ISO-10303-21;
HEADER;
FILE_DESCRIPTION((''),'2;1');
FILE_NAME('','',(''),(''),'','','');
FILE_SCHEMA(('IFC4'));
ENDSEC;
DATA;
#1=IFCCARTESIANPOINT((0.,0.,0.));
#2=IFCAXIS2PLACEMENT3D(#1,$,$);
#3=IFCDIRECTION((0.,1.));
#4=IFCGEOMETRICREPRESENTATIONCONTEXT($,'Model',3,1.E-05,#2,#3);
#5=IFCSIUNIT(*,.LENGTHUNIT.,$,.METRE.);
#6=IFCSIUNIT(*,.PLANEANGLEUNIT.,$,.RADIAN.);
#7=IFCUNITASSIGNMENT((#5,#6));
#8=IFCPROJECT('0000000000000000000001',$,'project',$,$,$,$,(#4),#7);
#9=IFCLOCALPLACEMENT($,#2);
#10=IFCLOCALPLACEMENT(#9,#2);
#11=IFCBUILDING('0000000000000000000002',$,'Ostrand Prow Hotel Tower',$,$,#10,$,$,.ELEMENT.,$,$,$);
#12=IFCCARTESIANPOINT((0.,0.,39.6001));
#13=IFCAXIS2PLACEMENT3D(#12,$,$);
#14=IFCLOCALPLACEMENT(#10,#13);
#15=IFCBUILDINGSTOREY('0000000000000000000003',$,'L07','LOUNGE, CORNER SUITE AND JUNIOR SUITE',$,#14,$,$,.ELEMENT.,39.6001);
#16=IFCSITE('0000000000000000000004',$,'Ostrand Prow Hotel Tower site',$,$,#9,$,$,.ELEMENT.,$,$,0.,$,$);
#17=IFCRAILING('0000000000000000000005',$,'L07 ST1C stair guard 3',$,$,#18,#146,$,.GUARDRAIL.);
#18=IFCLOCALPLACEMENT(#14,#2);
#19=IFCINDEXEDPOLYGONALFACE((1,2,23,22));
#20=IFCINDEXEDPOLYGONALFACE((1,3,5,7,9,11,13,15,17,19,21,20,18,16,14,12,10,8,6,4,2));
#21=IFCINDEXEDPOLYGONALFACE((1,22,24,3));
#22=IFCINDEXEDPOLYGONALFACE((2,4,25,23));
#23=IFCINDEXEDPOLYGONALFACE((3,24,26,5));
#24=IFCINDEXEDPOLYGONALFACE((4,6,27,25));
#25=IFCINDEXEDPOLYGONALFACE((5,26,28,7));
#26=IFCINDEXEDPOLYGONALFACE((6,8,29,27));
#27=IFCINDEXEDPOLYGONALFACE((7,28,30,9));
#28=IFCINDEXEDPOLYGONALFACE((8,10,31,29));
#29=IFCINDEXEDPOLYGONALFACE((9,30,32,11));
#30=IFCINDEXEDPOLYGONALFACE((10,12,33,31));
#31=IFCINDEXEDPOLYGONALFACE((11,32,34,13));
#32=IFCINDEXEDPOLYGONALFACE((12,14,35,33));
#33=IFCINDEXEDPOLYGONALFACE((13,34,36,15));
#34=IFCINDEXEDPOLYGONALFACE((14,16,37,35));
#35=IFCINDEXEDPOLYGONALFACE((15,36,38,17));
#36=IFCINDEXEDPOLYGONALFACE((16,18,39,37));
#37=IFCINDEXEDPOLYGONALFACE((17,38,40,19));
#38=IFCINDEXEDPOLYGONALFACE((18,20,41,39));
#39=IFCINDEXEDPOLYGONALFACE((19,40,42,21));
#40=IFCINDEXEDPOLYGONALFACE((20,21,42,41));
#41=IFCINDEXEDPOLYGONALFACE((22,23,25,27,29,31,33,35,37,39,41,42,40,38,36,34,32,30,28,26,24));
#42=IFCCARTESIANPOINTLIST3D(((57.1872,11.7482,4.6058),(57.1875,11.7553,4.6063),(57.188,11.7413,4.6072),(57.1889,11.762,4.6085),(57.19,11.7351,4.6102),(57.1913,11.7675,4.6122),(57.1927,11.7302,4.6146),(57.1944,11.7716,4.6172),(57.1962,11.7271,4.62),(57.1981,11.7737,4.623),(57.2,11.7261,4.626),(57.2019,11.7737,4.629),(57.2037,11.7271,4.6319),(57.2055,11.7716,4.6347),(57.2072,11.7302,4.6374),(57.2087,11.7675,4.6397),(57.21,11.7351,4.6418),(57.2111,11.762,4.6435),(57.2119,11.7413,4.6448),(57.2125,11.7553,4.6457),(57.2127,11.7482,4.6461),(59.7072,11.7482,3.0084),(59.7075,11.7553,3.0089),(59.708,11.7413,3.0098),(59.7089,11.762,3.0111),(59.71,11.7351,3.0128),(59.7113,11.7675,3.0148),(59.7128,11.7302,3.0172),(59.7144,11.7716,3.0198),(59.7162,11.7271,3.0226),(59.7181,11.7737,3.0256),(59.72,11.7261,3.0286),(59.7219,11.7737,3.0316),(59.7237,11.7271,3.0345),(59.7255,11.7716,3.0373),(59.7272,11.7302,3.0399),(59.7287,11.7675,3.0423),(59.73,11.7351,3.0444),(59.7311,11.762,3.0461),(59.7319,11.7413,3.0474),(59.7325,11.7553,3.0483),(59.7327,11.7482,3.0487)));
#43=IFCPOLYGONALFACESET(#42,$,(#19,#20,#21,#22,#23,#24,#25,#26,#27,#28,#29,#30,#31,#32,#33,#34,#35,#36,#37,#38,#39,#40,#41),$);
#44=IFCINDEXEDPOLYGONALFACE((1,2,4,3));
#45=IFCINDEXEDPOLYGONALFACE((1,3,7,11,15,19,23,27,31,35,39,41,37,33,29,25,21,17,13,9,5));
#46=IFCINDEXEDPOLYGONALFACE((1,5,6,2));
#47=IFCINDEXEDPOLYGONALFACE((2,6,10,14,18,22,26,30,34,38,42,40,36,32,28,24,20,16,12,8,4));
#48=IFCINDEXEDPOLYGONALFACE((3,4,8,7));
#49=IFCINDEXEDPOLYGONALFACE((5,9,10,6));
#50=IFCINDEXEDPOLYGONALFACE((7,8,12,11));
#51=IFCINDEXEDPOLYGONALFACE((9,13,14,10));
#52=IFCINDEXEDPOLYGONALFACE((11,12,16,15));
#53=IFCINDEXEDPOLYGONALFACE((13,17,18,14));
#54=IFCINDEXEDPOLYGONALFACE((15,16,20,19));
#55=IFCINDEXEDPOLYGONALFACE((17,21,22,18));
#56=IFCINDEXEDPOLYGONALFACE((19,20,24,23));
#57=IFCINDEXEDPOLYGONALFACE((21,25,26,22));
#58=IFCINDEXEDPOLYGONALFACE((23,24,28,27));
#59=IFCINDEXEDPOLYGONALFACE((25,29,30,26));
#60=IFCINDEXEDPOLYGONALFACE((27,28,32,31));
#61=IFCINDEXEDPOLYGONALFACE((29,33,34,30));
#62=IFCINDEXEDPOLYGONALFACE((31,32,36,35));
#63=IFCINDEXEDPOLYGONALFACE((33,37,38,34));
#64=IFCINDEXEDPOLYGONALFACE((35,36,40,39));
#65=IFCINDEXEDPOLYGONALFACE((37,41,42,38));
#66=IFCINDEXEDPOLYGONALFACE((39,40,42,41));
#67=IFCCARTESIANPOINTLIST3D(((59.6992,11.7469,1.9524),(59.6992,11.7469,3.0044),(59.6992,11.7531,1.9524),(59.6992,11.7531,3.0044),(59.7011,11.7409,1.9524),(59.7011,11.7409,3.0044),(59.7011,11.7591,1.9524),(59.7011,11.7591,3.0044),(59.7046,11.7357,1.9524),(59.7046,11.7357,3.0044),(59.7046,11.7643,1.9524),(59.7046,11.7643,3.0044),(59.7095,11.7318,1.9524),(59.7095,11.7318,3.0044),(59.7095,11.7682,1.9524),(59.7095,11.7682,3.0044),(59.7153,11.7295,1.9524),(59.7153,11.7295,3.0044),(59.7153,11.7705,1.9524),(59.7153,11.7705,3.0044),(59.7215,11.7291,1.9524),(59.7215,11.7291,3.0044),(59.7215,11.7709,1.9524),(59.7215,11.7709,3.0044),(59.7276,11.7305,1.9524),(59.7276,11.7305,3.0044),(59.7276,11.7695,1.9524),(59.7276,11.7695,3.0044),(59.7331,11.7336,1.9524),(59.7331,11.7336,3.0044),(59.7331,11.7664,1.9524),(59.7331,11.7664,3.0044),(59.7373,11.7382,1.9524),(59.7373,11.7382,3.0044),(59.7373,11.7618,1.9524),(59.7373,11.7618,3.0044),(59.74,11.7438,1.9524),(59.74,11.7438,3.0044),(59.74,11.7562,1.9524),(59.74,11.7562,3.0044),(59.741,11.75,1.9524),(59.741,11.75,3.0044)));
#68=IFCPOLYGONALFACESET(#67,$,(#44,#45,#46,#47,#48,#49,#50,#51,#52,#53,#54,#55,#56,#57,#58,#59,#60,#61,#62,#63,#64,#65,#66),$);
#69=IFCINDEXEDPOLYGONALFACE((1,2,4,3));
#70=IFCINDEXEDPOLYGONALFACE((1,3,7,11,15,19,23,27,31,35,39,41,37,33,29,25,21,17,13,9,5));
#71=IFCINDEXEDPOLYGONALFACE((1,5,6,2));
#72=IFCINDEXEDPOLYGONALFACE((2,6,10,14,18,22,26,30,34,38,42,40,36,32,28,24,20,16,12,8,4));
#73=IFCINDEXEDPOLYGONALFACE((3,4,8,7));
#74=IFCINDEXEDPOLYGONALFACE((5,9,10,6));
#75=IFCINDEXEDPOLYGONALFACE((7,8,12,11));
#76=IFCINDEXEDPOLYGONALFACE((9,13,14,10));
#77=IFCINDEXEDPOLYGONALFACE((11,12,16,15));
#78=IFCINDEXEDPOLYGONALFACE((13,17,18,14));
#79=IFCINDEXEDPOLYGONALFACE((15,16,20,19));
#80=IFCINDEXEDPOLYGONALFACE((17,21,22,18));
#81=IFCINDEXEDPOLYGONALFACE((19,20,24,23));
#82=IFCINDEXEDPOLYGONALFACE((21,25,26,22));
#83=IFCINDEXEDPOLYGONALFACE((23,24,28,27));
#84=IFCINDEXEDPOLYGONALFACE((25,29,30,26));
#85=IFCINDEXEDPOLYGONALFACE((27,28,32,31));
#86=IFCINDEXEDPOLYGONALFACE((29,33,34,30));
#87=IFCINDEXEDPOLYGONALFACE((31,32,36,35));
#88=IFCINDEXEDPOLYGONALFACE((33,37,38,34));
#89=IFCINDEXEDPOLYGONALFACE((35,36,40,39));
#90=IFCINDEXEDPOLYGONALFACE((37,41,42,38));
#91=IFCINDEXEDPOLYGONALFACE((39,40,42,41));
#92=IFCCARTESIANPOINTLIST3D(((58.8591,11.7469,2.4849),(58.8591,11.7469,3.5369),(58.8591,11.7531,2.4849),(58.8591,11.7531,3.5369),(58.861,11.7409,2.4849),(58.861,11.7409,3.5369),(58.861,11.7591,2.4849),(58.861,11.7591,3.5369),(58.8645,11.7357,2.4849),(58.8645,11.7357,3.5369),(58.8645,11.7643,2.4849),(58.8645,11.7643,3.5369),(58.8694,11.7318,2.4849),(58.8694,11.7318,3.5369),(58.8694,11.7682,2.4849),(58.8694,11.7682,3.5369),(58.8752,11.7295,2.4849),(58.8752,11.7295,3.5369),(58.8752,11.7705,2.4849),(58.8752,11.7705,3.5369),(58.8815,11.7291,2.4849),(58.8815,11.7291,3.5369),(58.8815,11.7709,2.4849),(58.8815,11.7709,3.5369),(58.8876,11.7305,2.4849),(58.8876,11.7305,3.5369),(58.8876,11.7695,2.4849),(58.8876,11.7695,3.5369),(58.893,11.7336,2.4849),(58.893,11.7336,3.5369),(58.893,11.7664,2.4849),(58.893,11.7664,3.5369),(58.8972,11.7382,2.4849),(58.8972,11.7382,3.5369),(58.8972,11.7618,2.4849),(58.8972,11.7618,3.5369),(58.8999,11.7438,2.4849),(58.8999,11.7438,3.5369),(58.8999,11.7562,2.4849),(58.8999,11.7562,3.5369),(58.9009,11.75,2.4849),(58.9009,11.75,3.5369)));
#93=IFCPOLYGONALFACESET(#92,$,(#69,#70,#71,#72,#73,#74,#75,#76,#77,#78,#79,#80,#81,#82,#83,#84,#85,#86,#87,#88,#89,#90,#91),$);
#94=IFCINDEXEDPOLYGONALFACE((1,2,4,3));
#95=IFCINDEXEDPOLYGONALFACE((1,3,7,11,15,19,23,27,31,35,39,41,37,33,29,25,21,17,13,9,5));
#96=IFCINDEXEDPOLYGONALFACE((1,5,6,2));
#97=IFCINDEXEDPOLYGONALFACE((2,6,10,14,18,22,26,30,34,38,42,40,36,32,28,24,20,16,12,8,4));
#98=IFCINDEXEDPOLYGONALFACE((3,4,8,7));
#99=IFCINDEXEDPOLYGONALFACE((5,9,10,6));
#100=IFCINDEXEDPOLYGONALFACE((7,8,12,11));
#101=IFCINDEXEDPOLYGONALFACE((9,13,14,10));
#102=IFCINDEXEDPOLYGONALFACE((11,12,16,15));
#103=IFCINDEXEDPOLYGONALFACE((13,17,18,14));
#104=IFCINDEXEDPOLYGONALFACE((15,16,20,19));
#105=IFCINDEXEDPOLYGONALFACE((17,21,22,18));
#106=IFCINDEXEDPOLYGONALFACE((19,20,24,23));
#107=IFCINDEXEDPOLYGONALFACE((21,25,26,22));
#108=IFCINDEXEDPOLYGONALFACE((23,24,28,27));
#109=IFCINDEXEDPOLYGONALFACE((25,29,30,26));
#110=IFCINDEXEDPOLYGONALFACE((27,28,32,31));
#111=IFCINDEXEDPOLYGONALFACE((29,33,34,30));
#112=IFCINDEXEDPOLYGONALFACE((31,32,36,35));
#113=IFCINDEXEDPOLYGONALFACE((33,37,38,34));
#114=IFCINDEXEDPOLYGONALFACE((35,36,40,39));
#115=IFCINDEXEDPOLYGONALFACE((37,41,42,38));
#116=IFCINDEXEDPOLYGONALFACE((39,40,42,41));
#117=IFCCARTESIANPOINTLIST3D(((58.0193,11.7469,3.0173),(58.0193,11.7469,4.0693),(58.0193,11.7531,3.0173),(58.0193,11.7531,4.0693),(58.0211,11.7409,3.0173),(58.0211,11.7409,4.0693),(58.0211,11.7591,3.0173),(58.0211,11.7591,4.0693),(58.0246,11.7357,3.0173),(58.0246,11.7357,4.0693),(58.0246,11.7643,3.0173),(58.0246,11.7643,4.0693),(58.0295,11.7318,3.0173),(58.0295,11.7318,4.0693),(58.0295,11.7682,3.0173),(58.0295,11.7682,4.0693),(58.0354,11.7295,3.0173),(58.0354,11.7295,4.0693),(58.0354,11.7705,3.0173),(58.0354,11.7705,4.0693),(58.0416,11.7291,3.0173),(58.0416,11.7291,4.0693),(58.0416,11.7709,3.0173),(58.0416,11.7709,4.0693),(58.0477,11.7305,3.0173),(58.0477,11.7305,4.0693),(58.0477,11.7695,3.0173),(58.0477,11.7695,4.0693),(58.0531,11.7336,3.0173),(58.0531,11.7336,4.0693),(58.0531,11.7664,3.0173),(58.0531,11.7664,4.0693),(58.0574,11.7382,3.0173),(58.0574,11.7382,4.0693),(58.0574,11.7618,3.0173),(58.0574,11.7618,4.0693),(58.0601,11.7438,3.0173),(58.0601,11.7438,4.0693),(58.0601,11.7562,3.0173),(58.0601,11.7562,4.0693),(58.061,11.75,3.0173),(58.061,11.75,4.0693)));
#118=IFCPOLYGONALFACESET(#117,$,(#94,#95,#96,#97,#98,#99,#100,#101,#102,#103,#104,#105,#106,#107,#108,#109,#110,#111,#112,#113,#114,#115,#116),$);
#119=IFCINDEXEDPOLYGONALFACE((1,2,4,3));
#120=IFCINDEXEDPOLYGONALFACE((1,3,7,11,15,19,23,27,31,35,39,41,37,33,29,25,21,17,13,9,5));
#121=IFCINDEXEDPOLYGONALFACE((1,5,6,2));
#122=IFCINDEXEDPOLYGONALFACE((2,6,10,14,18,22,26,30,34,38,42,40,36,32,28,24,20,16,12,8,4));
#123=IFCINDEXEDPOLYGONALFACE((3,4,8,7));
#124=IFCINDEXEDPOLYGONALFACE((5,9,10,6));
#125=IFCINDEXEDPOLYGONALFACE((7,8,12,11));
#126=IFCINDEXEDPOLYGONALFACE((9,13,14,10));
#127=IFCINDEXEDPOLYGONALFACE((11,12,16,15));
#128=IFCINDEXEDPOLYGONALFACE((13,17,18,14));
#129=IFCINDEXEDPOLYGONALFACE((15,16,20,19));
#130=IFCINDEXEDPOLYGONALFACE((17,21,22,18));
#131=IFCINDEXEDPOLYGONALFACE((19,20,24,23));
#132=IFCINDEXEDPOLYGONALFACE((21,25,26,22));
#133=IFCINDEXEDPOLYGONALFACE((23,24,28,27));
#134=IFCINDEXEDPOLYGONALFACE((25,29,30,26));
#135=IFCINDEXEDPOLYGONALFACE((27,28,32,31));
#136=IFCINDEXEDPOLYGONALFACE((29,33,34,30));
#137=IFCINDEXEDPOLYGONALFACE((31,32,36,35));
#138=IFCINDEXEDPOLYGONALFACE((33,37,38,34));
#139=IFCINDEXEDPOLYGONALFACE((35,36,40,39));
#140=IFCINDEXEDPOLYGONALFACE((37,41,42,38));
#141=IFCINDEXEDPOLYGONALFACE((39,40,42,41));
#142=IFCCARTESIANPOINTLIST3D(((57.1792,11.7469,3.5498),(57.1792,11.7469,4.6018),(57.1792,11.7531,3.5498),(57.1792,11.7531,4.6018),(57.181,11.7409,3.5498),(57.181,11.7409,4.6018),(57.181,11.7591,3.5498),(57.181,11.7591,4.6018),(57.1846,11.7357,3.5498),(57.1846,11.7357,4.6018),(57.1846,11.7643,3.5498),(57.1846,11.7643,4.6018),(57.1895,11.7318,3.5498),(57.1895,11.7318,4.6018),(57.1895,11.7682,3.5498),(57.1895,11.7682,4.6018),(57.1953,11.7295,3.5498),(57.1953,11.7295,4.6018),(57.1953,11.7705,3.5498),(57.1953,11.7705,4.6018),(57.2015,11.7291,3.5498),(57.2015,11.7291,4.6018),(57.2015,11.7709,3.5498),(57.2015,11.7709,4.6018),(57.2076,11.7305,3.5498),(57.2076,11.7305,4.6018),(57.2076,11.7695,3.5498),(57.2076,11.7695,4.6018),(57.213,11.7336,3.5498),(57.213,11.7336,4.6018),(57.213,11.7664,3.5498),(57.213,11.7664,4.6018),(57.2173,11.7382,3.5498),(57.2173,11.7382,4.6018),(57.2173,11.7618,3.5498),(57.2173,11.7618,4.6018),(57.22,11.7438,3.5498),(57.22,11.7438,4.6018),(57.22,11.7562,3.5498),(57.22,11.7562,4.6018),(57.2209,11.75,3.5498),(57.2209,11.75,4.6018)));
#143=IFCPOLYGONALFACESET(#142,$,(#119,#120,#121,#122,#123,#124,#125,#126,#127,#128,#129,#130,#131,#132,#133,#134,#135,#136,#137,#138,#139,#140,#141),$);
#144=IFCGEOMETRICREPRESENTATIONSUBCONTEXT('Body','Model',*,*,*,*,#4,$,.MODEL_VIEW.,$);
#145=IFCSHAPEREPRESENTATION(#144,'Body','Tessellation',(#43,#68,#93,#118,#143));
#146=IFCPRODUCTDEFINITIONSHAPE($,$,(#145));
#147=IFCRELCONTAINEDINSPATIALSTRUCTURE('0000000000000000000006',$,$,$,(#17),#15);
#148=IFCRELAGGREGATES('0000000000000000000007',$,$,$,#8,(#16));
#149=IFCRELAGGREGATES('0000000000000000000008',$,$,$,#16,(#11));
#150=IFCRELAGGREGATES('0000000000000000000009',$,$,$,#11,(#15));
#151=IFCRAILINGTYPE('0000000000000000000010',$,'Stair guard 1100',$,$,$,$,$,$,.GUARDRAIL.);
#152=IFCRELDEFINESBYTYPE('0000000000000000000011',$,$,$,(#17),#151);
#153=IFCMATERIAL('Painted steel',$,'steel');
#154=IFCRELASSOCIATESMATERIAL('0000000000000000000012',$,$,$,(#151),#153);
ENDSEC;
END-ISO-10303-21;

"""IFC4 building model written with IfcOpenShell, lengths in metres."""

from ifc_helpers import new_model, si_unit, direction, frame, origin, origin_2d, place, context, subcontext, project, spatial, circle, extrude, material, type_object, element, save


model = new_model("IFC4")

# Units and contexts
model_context = context("Model", 3, precision=1e-05, world=origin(), true_north=direction((0.0, 1.0)))
body_context = subcontext(model_context, "Body", "Model", "MODEL_VIEW")
ifc_project = project(units=[si_unit("LENGTHUNIT", "METRE"), si_unit("PLANEANGLEUNIT", "RADIAN")], contexts=[model_context])

# Site, building, storey
site_placement = place(None, origin())
site = spatial("IfcSite", under=ifc_project, at=site_placement, Name="Ostrand Prow Hotel Tower site", CompositionType="ELEMENT", RefElevation=0.0)
building_placement = place(site_placement, origin())
building = spatial("IfcBuilding", under=site, at=building_placement, Name="Ostrand Prow Hotel Tower", CompositionType="ELEMENT")
storey_placement = place(building_placement, frame((0.0, 0.0, 39.6001)))
storey = spatial("IfcBuildingStorey", under=building, at=storey_placement, Name="L07", Description="LOUNGE, CORNER SUITE AND JUNIOR SUITE", CompositionType="ELEMENT", Elevation=39.6001)

# Railing
ifc_material_1 = material(Name="Painted steel", Category="steel")
railing_type_1 = type_object("IfcRailingType", Name="Stair guard 1100", PredefinedType="GUARDRAIL", material=ifc_material_1)
railing_1_placement = place(storey_placement, frame((59.72, 11.75, 1.9524)))
element("IfcRailing", 1, at=railing_1_placement, inside=storey, type_object=railing_type_1, Name="L07 ST1C stair guard 3", PredefinedType="GUARDRAIL", context=body_context, shape_type="SweptSolid", body=[
    extrude(circle(Radius=0.0239, at=origin_2d()), frame((0.0, 0.0, 1.0762), z_axis=(-0.844607, 0.0, 0.535387), x_axis=(0.0, -1.0, 0.0)), (0.0, 0.0, 1.0), 2.9836),
    extrude(circle(Radius=0.021, at=origin_2d()), origin(), (0.0, 0.0, 1.0), 1.052),
    extrude(circle(Radius=0.021, at=origin_2d()), frame((-0.8401, 0.0, 0.5325)), (0.0, 0.0, 1.0), 1.052),
    extrude(circle(Radius=0.021, at=origin_2d()), frame((-1.6799, 0.0, 1.0649)), (0.0, 0.0, 1.0), 1.052),
    extrude(circle(Radius=0.021, at=origin_2d()), frame((-2.52, 0.0, 1.5974)), (0.0, 0.0, 1.0), 1.052),
])

save(model, "model.ifc")
